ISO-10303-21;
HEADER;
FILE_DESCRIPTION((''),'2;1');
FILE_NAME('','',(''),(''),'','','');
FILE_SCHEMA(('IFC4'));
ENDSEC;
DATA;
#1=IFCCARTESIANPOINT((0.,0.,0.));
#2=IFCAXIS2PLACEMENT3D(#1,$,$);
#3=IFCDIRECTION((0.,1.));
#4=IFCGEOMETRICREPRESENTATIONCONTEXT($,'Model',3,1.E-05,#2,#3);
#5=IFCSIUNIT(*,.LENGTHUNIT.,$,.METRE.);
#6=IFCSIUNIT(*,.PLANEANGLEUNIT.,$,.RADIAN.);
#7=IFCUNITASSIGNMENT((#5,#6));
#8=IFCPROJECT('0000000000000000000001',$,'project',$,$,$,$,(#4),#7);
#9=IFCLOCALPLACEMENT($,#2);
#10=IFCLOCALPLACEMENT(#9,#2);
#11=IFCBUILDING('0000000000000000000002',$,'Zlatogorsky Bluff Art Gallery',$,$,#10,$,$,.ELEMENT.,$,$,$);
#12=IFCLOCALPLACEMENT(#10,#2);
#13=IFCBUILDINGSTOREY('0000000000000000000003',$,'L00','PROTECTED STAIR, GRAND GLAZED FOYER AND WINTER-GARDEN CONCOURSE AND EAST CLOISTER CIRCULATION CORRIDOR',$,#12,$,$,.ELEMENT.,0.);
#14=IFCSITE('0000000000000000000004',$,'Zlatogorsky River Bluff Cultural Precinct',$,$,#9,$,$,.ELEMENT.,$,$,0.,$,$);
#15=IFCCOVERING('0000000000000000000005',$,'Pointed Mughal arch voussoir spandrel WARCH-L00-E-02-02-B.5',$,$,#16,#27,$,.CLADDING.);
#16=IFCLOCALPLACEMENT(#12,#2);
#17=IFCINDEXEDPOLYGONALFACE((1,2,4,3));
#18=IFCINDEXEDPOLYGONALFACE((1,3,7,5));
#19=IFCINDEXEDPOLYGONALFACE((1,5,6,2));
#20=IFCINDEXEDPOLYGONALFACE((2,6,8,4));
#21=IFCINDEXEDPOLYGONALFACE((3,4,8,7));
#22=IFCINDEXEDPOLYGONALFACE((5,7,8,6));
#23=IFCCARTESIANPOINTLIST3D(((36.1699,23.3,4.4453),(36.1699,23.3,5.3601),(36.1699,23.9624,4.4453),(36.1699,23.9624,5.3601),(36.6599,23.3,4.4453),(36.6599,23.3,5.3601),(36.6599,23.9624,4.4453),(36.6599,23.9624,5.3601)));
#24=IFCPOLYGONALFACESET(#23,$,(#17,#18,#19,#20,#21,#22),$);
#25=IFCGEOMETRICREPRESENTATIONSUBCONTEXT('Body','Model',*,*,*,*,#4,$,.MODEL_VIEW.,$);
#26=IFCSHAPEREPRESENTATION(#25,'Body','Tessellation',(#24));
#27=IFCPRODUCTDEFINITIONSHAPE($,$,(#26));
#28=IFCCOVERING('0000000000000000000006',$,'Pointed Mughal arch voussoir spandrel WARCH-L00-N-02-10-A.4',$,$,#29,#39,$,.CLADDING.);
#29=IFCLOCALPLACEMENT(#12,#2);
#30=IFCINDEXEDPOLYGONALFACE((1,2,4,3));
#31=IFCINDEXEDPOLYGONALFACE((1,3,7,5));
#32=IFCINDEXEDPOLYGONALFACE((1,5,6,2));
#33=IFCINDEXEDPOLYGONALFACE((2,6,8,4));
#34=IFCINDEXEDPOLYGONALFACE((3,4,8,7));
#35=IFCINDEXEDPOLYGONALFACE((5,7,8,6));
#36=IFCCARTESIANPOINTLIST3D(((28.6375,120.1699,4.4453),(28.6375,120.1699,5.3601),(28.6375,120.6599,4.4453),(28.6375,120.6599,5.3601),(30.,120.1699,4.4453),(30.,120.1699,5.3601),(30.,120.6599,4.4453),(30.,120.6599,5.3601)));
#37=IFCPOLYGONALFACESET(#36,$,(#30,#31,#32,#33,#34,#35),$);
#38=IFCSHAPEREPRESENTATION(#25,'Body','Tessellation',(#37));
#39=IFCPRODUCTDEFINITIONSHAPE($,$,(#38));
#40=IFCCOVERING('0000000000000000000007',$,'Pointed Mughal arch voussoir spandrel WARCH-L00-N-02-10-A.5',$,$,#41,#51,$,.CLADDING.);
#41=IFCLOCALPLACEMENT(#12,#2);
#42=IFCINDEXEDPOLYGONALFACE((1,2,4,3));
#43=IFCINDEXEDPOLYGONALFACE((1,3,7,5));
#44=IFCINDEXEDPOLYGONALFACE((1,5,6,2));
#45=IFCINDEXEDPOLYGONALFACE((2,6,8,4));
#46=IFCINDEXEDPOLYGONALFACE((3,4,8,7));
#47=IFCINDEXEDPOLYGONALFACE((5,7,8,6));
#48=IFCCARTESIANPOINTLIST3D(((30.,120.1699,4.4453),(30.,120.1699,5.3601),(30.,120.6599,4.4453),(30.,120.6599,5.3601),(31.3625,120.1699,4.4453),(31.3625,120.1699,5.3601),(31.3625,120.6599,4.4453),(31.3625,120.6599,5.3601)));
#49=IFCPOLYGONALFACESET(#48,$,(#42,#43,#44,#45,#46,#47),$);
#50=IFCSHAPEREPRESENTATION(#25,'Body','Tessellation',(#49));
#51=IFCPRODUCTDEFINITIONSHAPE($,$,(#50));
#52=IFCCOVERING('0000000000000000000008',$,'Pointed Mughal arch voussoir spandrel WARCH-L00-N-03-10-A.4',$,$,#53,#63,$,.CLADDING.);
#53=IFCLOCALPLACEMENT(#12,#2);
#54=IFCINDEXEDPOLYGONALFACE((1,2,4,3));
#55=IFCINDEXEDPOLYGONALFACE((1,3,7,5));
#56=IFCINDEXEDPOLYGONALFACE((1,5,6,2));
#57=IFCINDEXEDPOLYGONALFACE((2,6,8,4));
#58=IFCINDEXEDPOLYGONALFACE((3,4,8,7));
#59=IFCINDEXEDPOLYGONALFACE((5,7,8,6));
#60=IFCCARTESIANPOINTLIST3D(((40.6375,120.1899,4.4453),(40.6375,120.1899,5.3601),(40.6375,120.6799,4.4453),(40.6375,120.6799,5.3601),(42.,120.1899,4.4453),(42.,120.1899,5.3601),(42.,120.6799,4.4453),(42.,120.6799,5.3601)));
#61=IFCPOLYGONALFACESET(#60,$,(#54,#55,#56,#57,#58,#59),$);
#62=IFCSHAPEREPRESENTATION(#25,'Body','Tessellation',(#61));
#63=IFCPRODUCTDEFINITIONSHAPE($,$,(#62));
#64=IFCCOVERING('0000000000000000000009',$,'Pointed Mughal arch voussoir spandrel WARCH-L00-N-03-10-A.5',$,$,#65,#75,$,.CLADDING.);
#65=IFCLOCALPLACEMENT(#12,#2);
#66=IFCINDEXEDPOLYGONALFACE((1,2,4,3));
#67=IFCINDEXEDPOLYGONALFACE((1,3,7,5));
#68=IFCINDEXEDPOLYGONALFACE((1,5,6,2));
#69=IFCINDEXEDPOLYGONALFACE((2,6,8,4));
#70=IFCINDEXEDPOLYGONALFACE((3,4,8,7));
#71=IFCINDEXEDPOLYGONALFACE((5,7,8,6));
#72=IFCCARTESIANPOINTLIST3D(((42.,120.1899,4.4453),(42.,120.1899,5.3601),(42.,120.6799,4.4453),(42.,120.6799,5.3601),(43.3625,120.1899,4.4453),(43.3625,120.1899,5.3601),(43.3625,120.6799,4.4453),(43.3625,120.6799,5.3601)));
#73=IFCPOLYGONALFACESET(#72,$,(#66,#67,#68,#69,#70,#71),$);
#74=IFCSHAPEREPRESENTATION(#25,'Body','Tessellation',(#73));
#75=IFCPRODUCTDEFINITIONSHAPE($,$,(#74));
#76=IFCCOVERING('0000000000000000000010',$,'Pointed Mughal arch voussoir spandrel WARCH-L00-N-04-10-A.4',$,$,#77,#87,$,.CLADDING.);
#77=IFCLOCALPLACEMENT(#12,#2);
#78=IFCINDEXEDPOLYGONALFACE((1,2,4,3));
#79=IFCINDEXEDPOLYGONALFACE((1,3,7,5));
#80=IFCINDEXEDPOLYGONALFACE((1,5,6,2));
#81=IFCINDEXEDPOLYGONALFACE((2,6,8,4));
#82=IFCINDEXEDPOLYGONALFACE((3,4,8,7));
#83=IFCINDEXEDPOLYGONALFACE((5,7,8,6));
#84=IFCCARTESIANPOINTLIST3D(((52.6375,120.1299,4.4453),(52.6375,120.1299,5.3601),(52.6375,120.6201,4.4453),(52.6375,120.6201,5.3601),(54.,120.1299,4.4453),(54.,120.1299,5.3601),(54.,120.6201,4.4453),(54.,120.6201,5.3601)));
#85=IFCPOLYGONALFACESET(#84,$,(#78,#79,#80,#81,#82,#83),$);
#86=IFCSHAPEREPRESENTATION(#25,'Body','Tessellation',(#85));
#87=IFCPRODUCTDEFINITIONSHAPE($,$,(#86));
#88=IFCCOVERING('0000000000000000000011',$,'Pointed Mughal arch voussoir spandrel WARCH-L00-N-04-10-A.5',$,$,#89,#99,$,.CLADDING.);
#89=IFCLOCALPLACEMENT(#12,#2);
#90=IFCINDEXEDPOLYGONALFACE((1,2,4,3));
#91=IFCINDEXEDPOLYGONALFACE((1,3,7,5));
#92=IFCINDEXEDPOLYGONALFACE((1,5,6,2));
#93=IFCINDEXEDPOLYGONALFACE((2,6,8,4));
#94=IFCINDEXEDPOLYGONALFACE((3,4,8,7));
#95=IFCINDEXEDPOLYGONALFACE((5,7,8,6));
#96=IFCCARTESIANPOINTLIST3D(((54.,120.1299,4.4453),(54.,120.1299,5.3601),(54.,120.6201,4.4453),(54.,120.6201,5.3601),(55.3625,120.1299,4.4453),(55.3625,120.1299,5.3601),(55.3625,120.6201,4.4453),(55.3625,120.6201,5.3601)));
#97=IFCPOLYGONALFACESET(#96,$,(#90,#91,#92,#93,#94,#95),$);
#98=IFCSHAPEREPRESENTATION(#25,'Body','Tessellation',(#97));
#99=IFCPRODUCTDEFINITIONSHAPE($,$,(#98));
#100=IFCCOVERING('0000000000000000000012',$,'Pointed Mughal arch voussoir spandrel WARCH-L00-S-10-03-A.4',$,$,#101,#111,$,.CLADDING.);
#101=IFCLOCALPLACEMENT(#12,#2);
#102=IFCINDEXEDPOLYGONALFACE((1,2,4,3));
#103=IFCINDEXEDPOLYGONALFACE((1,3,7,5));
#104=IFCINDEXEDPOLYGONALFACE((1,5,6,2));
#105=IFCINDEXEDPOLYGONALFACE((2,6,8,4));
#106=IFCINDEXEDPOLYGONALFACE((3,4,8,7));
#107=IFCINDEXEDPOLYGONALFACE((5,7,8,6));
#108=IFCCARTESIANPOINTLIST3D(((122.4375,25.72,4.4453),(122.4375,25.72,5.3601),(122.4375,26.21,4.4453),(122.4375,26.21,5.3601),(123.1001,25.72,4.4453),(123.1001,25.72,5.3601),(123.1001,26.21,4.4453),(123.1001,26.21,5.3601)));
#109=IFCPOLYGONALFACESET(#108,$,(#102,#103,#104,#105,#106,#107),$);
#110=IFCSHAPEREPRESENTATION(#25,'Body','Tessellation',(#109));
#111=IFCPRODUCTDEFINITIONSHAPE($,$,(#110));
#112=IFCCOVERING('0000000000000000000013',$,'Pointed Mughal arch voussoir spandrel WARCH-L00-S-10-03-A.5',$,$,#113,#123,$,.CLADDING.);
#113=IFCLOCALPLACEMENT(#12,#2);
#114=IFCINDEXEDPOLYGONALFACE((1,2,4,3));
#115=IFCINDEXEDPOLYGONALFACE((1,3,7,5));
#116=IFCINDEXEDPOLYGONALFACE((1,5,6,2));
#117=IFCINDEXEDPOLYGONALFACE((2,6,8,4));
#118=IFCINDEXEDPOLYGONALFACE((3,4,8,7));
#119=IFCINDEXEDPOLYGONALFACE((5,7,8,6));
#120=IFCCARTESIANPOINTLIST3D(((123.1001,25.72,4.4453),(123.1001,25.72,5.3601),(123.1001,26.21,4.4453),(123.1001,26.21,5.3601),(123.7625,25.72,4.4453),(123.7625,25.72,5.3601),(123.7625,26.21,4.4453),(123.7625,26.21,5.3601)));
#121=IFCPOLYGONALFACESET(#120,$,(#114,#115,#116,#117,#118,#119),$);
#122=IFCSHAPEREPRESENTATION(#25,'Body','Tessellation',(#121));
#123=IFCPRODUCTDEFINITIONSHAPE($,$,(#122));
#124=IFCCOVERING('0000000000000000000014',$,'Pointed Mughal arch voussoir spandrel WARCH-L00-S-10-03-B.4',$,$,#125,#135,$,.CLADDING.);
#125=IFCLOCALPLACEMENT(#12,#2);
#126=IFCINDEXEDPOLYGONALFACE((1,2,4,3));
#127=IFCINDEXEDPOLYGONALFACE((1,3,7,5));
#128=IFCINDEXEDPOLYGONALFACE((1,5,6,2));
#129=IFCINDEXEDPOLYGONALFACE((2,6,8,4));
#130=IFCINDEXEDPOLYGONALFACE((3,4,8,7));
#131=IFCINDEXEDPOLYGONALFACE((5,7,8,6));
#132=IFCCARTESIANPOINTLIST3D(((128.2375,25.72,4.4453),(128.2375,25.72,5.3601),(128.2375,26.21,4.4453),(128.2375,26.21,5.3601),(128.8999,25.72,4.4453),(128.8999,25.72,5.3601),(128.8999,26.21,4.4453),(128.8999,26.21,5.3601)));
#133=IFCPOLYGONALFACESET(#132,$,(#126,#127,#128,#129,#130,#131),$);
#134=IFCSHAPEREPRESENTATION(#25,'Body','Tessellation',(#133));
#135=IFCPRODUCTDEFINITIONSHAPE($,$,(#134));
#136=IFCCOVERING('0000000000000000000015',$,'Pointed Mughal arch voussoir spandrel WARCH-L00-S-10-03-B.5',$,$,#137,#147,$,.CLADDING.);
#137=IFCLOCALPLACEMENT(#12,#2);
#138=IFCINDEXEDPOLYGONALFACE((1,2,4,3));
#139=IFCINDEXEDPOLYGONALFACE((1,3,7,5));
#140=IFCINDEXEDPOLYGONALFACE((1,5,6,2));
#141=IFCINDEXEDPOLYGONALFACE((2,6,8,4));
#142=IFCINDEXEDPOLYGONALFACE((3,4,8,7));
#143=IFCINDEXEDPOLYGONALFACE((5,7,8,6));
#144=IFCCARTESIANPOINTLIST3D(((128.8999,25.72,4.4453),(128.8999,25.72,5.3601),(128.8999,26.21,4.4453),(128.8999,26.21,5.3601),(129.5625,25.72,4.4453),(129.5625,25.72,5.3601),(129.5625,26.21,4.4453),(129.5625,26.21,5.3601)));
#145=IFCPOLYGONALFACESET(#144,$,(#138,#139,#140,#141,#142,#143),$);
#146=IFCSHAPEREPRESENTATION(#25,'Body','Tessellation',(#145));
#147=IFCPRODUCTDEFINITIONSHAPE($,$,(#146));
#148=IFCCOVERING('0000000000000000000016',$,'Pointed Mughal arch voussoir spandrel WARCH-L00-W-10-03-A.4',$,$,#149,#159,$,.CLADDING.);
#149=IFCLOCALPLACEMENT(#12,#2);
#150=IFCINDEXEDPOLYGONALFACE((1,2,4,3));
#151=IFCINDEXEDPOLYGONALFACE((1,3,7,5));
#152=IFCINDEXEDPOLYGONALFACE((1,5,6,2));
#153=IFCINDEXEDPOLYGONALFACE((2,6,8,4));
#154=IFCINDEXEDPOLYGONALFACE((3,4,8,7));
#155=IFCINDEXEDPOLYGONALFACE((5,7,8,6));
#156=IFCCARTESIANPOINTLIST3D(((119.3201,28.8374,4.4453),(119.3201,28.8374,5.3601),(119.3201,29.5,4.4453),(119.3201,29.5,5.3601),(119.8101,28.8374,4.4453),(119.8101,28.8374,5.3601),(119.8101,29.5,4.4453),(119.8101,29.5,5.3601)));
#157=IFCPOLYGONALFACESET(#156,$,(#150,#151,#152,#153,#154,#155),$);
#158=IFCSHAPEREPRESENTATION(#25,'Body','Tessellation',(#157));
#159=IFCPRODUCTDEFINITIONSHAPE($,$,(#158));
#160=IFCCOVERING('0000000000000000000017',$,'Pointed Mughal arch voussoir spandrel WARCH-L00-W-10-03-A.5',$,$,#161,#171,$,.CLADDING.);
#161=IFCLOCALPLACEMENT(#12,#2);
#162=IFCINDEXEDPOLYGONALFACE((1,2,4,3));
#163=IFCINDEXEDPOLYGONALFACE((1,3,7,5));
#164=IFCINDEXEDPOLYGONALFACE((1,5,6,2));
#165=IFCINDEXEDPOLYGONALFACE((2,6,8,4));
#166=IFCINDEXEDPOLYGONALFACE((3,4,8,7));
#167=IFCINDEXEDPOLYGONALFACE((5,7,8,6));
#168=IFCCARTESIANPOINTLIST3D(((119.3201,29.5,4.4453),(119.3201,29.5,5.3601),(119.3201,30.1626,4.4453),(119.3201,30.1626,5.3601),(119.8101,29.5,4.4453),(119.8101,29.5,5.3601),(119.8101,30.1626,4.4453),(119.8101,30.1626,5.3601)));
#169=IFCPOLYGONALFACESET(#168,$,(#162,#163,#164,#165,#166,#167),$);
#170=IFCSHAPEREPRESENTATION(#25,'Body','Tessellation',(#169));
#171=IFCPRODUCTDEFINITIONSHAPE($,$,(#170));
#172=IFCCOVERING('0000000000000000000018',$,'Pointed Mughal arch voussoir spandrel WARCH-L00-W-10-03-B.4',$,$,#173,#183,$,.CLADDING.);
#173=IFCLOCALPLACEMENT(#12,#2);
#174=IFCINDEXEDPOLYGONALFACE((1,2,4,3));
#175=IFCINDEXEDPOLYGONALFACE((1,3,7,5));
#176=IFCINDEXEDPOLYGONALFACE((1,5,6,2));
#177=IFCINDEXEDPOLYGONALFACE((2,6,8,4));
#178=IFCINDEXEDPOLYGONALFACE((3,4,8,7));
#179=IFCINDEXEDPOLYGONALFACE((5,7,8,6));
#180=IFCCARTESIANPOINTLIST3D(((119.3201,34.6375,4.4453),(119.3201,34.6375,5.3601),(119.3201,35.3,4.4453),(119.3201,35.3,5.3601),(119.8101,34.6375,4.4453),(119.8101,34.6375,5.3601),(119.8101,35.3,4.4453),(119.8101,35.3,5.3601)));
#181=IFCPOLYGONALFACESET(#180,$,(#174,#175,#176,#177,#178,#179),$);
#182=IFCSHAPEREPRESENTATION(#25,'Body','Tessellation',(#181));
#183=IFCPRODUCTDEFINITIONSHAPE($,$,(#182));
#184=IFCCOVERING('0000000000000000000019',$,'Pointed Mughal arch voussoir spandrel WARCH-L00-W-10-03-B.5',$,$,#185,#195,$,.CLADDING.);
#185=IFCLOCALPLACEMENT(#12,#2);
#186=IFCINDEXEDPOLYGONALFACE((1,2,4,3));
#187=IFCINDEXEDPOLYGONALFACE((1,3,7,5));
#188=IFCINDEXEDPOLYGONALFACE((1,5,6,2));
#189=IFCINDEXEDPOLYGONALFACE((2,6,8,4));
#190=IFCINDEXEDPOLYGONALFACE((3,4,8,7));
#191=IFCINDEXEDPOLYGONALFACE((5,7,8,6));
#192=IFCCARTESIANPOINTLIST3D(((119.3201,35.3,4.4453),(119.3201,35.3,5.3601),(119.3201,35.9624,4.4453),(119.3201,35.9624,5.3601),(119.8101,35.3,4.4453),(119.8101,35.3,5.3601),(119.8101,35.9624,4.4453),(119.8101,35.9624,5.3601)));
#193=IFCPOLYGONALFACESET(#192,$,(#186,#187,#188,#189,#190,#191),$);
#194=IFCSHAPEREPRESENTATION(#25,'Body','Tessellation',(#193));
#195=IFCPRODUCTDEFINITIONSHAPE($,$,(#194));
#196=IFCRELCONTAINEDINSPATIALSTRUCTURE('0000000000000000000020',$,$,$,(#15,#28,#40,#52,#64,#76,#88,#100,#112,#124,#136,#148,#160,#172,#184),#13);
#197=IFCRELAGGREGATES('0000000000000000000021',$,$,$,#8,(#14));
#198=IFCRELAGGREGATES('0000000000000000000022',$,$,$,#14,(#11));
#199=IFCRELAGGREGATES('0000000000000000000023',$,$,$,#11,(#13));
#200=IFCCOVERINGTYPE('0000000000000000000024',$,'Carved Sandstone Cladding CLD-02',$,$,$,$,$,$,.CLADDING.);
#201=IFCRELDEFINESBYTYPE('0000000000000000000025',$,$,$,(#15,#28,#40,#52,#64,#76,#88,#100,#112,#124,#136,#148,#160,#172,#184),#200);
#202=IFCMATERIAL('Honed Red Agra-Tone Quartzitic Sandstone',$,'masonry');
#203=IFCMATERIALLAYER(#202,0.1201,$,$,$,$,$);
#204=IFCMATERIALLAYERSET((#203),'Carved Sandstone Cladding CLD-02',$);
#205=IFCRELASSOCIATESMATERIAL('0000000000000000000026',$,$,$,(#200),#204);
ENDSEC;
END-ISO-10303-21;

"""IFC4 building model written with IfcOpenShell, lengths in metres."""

from ifc_helpers import new_model, si_unit, direction, frame, origin, place, context, subcontext, project, spatial, polyline, outline, extrude, material, layer, layer_set, type_object, element, save


model = new_model("IFC4")

# Units and contexts
model_context = context("Model", 3, precision=1e-05, world=origin(), true_north=direction((0.0, 1.0)))
body_context = subcontext(model_context, "Body", "Model", "MODEL_VIEW")
ifc_project = project(units=[si_unit("LENGTHUNIT", "METRE"), si_unit("PLANEANGLEUNIT", "RADIAN")], contexts=[model_context])

# Site, building, storey
site_placement = place(None, origin())
site = spatial("IfcSite", under=ifc_project, at=site_placement, Name="Zlatogorsky River Bluff Cultural Precinct", CompositionType="ELEMENT", RefElevation=0.0)
building_placement = place(site_placement, origin())
building = spatial("IfcBuilding", under=site, at=building_placement, Name="Zlatogorsky Bluff Art Gallery", CompositionType="ELEMENT")
storey_placement = place(building_placement, origin())
storey = spatial("IfcBuildingStorey", under=building, at=storey_placement, Name="L00", Description="PROTECTED STAIR, GRAND GLAZED FOYER AND WINTER-GARDEN CONCOURSE AND EAST CLOISTER CIRCULATION CORRIDOR", CompositionType="ELEMENT", Elevation=0.0)

# Coverings
ifc_material = material(Name="Honed Red Agra-Tone Quartzitic Sandstone", Category="masonry")
ifc_layer = layer(ifc_material, 0.1201)
ifc_layer_set = layer_set([ifc_layer], Name="Carved Sandstone Cladding CLD-02")
covering_type = type_object("IfcCoveringType", Name="Carved Sandstone Cladding CLD-02", PredefinedType="CLADDING", material=ifc_layer_set)
covering_1_placement = place(storey_placement, frame((0.0, 0.0, 4.4453)))
element("IfcCovering", 1, at=covering_1_placement, inside=storey, type_object=covering_type, Name="Pointed Mughal arch voussoir spandrel WARCH-L00-E-02-02-B.5", PredefinedType="CLADDING", context=body_context, shape_type="SweptSolid", body=[
    extrude(outline(polyline([(36.1699, 23.3), (36.1699, 23.9624), (36.6599, 23.9624), (36.6599, 23.3), (36.1699, 23.3)])), origin(), (0.0, 0.0, 1.0), 0.9148),
])
covering_2_placement = place(storey_placement, frame((0.0, 0.0, 4.4453)))
element("IfcCovering", 2, at=covering_2_placement, inside=storey, type_object=covering_type, Name="Pointed Mughal arch voussoir spandrel WARCH-L00-N-02-10-A.4", PredefinedType="CLADDING", context=body_context, shape_type="SweptSolid", body=[
    extrude(outline(polyline([(28.6375, 120.1699), (30.0, 120.1699), (30.0, 120.6599), (28.6375, 120.6599), (28.6375, 120.1699)])), origin(), (0.0, 0.0, 1.0), 0.9148),
])
covering_3_placement = place(storey_placement, frame((0.0, 0.0, 4.4453)))
element("IfcCovering", 3, at=covering_3_placement, inside=storey, type_object=covering_type, Name="Pointed Mughal arch voussoir spandrel WARCH-L00-N-02-10-A.5", PredefinedType="CLADDING", context=body_context, shape_type="SweptSolid", body=[
    extrude(outline(polyline([(30.0, 120.1699), (31.3625, 120.1699), (31.3625, 120.6599), (30.0, 120.6599), (30.0, 120.1699)])), origin(), (0.0, 0.0, 1.0), 0.9148),
])
covering_4_placement = place(storey_placement, frame((0.0, 0.0, 4.4453)))
element("IfcCovering", 4, at=covering_4_placement, inside=storey, type_object=covering_type, Name="Pointed Mughal arch voussoir spandrel WARCH-L00-N-03-10-A.4", PredefinedType="CLADDING", context=body_context, shape_type="SweptSolid", body=[
    extrude(outline(polyline([(40.6375, 120.1899), (42.0, 120.1899), (42.0, 120.6799), (40.6375, 120.6799), (40.6375, 120.1899)])), origin(), (0.0, 0.0, 1.0), 0.9148),
])
covering_5_placement = place(storey_placement, frame((0.0, 0.0, 4.4453)))
element("IfcCovering", 5, at=covering_5_placement, inside=storey, type_object=covering_type, Name="Pointed Mughal arch voussoir spandrel WARCH-L00-N-03-10-A.5", PredefinedType="CLADDING", context=body_context, shape_type="SweptSolid", body=[
    extrude(outline(polyline([(42.0, 120.1899), (43.3625, 120.1899), (43.3625, 120.6799), (42.0, 120.6799), (42.0, 120.1899)])), origin(), (0.0, 0.0, 1.0), 0.9148),
])
covering_6_placement = place(storey_placement, frame((0.0, 0.0, 4.4453)))
element("IfcCovering", 6, at=covering_6_placement, inside=storey, type_object=covering_type, Name="Pointed Mughal arch voussoir spandrel WARCH-L00-N-04-10-A.4", PredefinedType="CLADDING", context=body_context, shape_type="SweptSolid", body=[
    extrude(outline(polyline([(52.6375, 120.1299), (54.0, 120.1299), (54.0, 120.6201), (52.6375, 120.6201), (52.6375, 120.1299)])), origin(), (0.0, 0.0, 1.0), 0.9148),
])
covering_7_placement = place(storey_placement, frame((0.0, 0.0, 4.4453)))
element("IfcCovering", 7, at=covering_7_placement, inside=storey, type_object=covering_type, Name="Pointed Mughal arch voussoir spandrel WARCH-L00-N-04-10-A.5", PredefinedType="CLADDING", context=body_context, shape_type="SweptSolid", body=[
    extrude(outline(polyline([(54.0, 120.1299), (55.3625, 120.1299), (55.3625, 120.6201), (54.0, 120.6201), (54.0, 120.1299)])), origin(), (0.0, 0.0, 1.0), 0.9148),
])
covering_8_placement = place(storey_placement, frame((0.0, 0.0, 4.4453)))
element("IfcCovering", 8, at=covering_8_placement, inside=storey, type_object=covering_type, Name="Pointed Mughal arch voussoir spandrel WARCH-L00-S-10-03-A.4", PredefinedType="CLADDING", context=body_context, shape_type="SweptSolid", body=[
    extrude(outline(polyline([(122.4375, 25.72), (123.1001, 25.72), (123.1001, 26.21), (122.4375, 26.21), (122.4375, 25.72)])), origin(), (0.0, 0.0, 1.0), 0.9148),
])
covering_9_placement = place(storey_placement, frame((0.0, 0.0, 4.4453)))
element("IfcCovering", 9, at=covering_9_placement, inside=storey, type_object=covering_type, Name="Pointed Mughal arch voussoir spandrel WARCH-L00-S-10-03-A.5", PredefinedType="CLADDING", context=body_context, shape_type="SweptSolid", body=[
    extrude(outline(polyline([(123.1001, 25.72), (123.7625, 25.72), (123.7625, 26.21), (123.1001, 26.21), (123.1001, 25.72)])), origin(), (0.0, 0.0, 1.0), 0.9148),
])
covering_10_placement = place(storey_placement, frame((0.0, 0.0, 4.4453)))
element("IfcCovering", 10, at=covering_10_placement, inside=storey, type_object=covering_type, Name="Pointed Mughal arch voussoir spandrel WARCH-L00-S-10-03-B.4", PredefinedType="CLADDING", context=body_context, shape_type="SweptSolid", body=[
    extrude(outline(polyline([(128.2375, 25.72), (128.8999, 25.72), (128.8999, 26.21), (128.2375, 26.21), (128.2375, 25.72)])), origin(), (0.0, 0.0, 1.0), 0.9148),
])
covering_11_placement = place(storey_placement, frame((0.0, 0.0, 4.4453)))
element("IfcCovering", 11, at=covering_11_placement, inside=storey, type_object=covering_type, Name="Pointed Mughal arch voussoir spandrel WARCH-L00-S-10-03-B.5", PredefinedType="CLADDING", context=body_context, shape_type="SweptSolid", body=[
    extrude(outline(polyline([(128.8999, 25.72), (129.5625, 25.72), (129.5625, 26.21), (128.8999, 26.21), (128.8999, 25.72)])), origin(), (0.0, 0.0, 1.0), 0.9148),
])
covering_12_placement = place(storey_placement, frame((0.0, 0.0, 4.4453)))
element("IfcCovering", 12, at=covering_12_placement, inside=storey, type_object=covering_type, Name="Pointed Mughal arch voussoir spandrel WARCH-L00-W-10-03-A.4", PredefinedType="CLADDING", context=body_context, shape_type="SweptSolid", body=[
    extrude(outline(polyline([(119.3201, 28.8374), (119.3201, 29.5), (119.8101, 29.5), (119.8101, 28.8374), (119.3201, 28.8374)])), origin(), (0.0, 0.0, 1.0), 0.9148),
])
covering_13_placement = place(storey_placement, frame((0.0, 0.0, 4.4453)))
element("IfcCovering", 13, at=covering_13_placement, inside=storey, type_object=covering_type, Name="Pointed Mughal arch voussoir spandrel WARCH-L00-W-10-03-A.5", PredefinedType="CLADDING", context=body_context, shape_type="SweptSolid", body=[
    extrude(outline(polyline([(119.3201, 29.5), (119.3201, 30.1626), (119.8101, 30.1626), (119.8101, 29.5), (119.3201, 29.5)])), origin(), (0.0, 0.0, 1.0), 0.9148),
])
covering_14_placement = place(storey_placement, frame((0.0, 0.0, 4.4453)))
element("IfcCovering", 14, at=covering_14_placement, inside=storey, type_object=covering_type, Name="Pointed Mughal arch voussoir spandrel WARCH-L00-W-10-03-B.4", PredefinedType="CLADDING", context=body_context, shape_type="SweptSolid", body=[
    extrude(outline(polyline([(119.3201, 34.6375), (119.3201, 35.3), (119.8101, 35.3), (119.8101, 34.6375), (119.3201, 34.6375)])), origin(), (0.0, 0.0, 1.0), 0.9148),
])
covering_15_placement = place(storey_placement, frame((0.0, 0.0, 4.4453)))
element("IfcCovering", 15, at=covering_15_placement, inside=storey, type_object=covering_type, Name="Pointed Mughal arch voussoir spandrel WARCH-L00-W-10-03-B.5", PredefinedType="CLADDING", context=body_context, shape_type="SweptSolid", body=[
    extrude(outline(polyline([(119.3201, 35.3), (119.3201, 35.9624), (119.8101, 35.9624), (119.8101, 35.3), (119.3201, 35.3)])), origin(), (0.0, 0.0, 1.0), 0.9148),
])

save(model, "model.ifc")
